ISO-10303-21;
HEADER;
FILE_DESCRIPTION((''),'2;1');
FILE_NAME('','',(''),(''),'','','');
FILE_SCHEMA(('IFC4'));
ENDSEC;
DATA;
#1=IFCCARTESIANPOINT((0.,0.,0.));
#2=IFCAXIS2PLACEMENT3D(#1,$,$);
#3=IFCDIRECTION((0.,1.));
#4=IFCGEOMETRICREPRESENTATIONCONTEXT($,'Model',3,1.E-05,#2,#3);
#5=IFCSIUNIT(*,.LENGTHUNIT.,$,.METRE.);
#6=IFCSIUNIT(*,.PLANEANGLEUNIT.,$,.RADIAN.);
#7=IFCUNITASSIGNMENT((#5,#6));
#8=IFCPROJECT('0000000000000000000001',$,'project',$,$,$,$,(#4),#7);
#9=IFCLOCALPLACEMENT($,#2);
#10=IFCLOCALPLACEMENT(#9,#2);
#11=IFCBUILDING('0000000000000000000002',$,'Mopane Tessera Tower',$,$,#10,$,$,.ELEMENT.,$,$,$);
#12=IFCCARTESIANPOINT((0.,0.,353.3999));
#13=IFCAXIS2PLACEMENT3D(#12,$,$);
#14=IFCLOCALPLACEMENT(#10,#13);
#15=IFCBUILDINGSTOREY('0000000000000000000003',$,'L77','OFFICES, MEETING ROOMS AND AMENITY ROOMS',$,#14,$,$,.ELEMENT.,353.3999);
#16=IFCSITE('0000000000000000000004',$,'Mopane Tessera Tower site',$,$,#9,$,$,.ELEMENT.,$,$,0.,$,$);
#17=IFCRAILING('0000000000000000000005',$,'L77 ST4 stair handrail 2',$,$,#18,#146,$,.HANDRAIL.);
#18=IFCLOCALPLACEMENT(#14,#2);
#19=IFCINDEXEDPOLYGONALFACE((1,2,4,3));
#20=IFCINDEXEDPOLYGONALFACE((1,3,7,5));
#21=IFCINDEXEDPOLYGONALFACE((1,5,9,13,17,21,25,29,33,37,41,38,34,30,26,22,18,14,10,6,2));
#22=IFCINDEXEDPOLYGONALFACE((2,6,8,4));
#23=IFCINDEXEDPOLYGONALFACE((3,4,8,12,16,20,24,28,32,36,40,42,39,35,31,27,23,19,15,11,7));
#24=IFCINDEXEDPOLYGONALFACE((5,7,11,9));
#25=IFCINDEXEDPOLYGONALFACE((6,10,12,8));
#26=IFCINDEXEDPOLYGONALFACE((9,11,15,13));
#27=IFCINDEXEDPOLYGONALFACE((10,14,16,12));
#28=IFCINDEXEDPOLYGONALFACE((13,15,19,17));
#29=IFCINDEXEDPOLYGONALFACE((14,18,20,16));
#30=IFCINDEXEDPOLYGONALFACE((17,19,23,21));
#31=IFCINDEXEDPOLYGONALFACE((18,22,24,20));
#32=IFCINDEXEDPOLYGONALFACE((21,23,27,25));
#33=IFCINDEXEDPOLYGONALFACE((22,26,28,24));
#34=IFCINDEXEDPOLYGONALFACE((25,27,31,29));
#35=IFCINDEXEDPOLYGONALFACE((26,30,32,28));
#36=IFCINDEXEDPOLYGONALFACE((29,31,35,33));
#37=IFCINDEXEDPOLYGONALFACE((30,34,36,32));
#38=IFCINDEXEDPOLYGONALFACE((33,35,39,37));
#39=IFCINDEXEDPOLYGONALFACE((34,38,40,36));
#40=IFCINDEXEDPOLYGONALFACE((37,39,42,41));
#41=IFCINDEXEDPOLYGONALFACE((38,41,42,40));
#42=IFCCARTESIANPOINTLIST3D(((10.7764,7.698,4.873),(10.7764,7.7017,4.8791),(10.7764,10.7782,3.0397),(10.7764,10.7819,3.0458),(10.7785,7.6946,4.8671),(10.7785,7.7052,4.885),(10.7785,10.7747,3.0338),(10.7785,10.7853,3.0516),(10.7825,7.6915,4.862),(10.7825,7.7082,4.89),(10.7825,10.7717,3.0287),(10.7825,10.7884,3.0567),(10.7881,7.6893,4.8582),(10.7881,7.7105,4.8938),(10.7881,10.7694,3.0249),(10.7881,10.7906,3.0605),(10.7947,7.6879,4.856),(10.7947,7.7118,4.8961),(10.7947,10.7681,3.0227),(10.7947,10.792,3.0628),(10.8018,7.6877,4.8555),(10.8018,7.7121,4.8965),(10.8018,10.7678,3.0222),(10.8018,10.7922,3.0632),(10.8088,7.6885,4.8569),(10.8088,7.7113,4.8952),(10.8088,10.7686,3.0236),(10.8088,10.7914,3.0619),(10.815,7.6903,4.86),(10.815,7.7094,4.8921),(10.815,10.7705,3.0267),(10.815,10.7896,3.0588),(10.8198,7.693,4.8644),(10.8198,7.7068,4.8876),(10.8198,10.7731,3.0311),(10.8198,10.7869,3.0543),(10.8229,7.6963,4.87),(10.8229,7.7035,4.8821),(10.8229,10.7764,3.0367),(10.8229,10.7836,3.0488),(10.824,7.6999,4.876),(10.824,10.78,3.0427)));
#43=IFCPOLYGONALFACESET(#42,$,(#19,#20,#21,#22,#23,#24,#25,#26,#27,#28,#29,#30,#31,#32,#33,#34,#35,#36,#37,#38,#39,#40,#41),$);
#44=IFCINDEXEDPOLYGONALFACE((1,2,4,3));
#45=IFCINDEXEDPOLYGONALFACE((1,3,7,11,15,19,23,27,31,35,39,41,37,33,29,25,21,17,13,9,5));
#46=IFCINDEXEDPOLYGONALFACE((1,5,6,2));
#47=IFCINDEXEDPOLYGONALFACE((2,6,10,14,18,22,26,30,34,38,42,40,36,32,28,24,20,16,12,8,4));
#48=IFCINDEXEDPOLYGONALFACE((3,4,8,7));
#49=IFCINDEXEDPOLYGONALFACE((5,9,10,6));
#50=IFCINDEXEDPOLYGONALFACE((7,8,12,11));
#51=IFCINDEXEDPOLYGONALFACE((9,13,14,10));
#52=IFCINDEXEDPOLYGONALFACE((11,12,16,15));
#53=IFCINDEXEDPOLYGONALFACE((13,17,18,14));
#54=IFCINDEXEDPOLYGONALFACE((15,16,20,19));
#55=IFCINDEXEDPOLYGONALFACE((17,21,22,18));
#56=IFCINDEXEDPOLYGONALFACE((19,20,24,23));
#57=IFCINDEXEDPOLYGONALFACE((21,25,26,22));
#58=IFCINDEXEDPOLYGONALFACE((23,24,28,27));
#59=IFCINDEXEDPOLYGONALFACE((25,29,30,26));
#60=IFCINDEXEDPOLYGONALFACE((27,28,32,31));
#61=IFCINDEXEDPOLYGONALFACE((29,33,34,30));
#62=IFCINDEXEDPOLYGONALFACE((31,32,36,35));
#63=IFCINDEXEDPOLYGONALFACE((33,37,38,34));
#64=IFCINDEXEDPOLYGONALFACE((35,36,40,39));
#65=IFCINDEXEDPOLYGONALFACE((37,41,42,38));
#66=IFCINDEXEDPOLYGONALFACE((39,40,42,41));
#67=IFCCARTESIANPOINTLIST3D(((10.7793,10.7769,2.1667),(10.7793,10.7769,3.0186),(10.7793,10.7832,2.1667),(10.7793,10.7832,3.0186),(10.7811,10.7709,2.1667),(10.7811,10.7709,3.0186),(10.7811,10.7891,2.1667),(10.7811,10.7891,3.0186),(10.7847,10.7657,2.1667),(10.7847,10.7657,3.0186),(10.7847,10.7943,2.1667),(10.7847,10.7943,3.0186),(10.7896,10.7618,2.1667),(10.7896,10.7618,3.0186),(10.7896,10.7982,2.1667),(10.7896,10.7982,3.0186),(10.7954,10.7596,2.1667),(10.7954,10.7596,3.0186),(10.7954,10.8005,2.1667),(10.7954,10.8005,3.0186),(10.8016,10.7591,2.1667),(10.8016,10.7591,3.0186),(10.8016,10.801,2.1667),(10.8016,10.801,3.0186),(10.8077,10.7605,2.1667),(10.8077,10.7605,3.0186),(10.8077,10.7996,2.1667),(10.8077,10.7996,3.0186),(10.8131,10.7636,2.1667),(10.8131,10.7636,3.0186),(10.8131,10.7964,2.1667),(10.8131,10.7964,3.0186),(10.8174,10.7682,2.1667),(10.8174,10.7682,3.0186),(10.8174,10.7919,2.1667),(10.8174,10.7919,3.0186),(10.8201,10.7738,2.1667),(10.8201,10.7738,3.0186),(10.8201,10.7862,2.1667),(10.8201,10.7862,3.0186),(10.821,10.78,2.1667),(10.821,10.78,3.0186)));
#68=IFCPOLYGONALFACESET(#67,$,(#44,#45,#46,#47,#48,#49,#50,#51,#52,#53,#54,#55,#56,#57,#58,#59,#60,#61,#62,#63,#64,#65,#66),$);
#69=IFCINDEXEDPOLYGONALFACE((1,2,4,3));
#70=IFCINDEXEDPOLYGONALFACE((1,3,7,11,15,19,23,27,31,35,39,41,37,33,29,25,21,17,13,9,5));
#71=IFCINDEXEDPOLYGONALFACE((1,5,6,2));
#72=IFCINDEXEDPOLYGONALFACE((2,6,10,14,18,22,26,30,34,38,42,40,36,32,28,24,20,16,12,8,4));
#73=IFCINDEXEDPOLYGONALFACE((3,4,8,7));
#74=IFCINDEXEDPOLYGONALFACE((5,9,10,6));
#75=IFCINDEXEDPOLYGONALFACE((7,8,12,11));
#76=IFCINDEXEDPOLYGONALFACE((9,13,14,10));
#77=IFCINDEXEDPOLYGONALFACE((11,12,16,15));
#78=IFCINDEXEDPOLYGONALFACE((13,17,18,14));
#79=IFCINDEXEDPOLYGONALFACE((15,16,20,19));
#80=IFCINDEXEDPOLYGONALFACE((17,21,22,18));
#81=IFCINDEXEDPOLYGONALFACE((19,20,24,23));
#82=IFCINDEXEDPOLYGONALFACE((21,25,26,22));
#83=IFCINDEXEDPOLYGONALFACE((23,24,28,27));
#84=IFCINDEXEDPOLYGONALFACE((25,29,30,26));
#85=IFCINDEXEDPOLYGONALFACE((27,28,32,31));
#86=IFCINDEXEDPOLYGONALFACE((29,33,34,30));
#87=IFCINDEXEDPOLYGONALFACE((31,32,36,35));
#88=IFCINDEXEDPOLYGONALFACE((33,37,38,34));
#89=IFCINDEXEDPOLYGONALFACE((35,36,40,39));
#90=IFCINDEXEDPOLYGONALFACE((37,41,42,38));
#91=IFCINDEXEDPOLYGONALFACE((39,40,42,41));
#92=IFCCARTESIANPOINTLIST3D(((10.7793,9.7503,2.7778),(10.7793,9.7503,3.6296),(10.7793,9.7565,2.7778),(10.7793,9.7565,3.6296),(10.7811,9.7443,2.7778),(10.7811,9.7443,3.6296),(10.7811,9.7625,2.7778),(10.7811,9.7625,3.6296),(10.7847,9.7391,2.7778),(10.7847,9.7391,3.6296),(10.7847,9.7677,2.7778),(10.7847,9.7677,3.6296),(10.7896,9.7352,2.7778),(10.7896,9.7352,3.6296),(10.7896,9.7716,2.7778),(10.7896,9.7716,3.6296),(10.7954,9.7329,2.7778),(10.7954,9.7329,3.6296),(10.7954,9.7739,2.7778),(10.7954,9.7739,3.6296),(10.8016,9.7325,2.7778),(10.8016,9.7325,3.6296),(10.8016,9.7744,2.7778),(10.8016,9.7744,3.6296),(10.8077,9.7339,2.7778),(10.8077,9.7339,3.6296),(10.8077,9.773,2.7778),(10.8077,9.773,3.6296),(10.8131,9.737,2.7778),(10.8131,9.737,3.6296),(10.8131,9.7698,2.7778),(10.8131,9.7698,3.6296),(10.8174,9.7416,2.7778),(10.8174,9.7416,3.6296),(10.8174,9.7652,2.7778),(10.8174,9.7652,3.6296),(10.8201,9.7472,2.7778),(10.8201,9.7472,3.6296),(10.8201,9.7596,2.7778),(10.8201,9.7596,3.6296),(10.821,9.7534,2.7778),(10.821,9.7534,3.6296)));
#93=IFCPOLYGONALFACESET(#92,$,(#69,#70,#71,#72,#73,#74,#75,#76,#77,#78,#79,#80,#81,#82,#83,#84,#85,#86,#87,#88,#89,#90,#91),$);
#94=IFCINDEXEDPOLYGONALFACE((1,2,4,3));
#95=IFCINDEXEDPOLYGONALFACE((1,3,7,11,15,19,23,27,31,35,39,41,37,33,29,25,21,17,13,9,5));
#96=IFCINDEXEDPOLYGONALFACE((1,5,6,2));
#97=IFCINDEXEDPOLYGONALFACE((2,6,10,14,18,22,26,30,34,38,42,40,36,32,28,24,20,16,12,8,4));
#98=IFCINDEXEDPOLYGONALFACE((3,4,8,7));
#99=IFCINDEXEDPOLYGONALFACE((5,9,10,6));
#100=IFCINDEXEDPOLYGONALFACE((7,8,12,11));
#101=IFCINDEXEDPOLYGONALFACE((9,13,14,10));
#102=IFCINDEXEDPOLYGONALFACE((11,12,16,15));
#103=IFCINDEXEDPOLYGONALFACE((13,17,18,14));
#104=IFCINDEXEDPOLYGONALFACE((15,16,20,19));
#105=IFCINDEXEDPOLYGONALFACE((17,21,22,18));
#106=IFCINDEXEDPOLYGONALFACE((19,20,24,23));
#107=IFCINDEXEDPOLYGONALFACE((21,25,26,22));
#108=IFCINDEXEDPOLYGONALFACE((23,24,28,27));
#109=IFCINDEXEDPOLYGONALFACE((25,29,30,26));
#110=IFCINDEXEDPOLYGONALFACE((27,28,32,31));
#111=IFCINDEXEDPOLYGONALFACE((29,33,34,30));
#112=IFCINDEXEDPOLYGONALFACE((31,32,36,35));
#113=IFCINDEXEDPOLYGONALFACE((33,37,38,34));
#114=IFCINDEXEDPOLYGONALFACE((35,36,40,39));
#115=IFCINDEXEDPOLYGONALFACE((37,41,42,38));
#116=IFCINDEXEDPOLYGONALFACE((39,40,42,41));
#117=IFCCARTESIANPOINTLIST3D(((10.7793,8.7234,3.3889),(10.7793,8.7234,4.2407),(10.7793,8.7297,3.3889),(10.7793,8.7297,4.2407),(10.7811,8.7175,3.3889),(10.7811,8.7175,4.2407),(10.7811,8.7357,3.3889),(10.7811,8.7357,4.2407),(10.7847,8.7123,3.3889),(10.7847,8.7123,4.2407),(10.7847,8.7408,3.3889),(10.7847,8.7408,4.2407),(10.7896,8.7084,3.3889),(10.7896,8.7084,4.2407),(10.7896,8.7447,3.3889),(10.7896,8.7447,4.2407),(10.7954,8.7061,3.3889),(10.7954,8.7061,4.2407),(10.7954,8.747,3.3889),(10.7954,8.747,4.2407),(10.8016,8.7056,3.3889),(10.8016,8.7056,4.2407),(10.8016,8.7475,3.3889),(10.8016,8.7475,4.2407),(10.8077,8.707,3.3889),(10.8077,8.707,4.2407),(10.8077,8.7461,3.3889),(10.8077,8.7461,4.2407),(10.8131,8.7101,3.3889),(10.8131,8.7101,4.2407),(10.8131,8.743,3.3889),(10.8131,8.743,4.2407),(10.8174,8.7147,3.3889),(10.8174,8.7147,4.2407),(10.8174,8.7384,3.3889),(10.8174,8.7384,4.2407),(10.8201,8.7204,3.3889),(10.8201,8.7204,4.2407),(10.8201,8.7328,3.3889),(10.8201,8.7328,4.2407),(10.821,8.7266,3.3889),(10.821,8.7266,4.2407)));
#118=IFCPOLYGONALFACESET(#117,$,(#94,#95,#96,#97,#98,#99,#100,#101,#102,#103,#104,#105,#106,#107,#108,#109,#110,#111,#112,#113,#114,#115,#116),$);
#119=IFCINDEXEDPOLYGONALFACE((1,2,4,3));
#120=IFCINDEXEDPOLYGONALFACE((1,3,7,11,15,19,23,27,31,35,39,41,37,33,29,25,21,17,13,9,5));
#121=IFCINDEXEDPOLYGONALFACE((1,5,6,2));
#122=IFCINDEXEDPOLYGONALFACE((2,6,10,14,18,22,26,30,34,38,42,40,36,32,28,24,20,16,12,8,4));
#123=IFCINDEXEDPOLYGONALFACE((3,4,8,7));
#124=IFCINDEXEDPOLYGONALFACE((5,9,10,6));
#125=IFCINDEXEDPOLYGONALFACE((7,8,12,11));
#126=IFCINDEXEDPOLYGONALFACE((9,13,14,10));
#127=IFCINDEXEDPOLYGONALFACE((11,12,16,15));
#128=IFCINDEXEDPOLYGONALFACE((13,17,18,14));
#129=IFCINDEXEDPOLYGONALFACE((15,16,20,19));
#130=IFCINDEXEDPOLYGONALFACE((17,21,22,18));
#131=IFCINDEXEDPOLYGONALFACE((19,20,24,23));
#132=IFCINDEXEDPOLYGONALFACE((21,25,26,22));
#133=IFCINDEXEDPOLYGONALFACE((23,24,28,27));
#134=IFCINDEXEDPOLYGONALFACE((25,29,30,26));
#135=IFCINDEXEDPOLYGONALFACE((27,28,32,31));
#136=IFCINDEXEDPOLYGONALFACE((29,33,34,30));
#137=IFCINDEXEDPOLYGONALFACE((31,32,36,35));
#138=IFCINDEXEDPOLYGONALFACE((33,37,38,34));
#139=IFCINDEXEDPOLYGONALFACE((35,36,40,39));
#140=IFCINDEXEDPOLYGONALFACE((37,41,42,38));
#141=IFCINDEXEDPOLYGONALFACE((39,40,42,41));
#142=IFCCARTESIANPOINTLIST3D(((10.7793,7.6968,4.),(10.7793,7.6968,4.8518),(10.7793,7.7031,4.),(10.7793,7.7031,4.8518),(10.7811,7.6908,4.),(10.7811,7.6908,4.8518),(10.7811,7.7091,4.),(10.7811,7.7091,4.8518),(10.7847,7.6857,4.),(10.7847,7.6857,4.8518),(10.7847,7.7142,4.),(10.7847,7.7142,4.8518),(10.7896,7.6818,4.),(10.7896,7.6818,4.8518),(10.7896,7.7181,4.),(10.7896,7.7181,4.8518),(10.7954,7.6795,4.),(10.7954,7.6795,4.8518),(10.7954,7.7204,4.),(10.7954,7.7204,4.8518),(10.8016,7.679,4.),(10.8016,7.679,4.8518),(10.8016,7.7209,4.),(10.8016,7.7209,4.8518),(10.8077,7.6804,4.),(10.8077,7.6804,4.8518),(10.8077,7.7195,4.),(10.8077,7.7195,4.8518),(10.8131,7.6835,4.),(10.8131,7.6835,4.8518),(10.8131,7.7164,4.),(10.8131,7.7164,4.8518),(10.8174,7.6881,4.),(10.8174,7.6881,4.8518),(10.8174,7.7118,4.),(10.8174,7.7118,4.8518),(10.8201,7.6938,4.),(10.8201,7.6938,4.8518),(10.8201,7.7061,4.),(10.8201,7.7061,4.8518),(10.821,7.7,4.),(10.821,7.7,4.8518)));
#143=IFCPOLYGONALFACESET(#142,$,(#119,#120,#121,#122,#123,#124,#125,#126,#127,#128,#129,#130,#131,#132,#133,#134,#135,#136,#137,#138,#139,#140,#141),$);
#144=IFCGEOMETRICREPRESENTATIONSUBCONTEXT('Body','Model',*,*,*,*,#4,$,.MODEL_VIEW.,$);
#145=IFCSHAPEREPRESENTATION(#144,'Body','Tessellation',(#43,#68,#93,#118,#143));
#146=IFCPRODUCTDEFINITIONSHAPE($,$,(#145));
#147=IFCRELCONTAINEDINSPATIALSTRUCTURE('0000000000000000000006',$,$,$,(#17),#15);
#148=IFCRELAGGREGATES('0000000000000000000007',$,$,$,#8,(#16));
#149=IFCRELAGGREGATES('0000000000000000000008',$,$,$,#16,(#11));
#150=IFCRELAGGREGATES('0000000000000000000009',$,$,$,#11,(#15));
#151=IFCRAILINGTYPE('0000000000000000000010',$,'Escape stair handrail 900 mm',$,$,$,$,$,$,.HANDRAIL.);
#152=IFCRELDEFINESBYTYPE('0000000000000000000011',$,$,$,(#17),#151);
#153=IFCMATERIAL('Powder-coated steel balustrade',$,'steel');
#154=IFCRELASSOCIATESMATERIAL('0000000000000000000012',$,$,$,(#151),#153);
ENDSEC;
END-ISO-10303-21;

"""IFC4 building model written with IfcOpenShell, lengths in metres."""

from ifc_helpers import new_model, si_unit, direction, frame, origin, origin_2d, place, context, subcontext, project, spatial, circle, extrude, material, type_object, element, save


model = new_model("IFC4")

# Units and contexts
model_context = context("Model", 3, precision=1e-05, world=origin(), true_north=direction((0.0, 1.0)))
body_context = subcontext(model_context, "Body", "Model", "MODEL_VIEW")
ifc_project = project(units=[si_unit("LENGTHUNIT", "METRE"), si_unit("PLANEANGLEUNIT", "RADIAN")], contexts=[model_context])

# Site, building, storey
site_placement = place(None, origin())
site = spatial("IfcSite", under=ifc_project, at=site_placement, Name="Mopane Tessera Tower site", CompositionType="ELEMENT", RefElevation=0.0)
building_placement = place(site_placement, origin())
building = spatial("IfcBuilding", under=site, at=building_placement, Name="Mopane Tessera Tower", CompositionType="ELEMENT")
storey_placement = place(building_placement, frame((0.0, 0.0, 353.3999)))
storey = spatial("IfcBuildingStorey", under=building, at=storey_placement, Name="L77", Description="OFFICES, MEETING ROOMS AND AMENITY ROOMS", CompositionType="ELEMENT", Elevation=353.3999)

# Railing
ifc_material_1 = material(Name="Powder-coated steel balustrade", Category="steel")
railing_type = type_object("IfcRailingType", Name="Escape stair handrail 900 mm", PredefinedType="HANDRAIL", material=ifc_material_1)
railing_placement = place(storey_placement, frame((10.8, 10.78, 2.1667)))
element("IfcRailing", 1, at=railing_placement, inside=storey, type_object=railing_type, Name="L77 ST4 stair handrail 2", PredefinedType="HANDRAIL", context=body_context, shape_type="SweptSolid", body=[
    extrude(circle(Radius=0.0239, at=origin_2d()), frame((0.0, 0.0, 0.876), z_axis=(0.0, -0.859309, 0.511458), x_axis=(1.0, 0.0, 0.0)), (0.0, 0.0, 1.0), 3.5845),
    extrude(circle(Radius=0.021, at=origin_2d()), origin(), (0.0, 0.0, 1.0), 0.8518),
    extrude(circle(Radius=0.021, at=origin_2d()), frame((0.0, -1.0266, 0.6111)), (0.0, 0.0, 1.0), 0.8518),
    extrude(circle(Radius=0.021, at=origin_2d()), frame((0.0, -2.0535, 1.2222)), (0.0, 0.0, 1.0), 0.8518),
    extrude(circle(Radius=0.021, at=origin_2d()), frame((0.0, -3.0801, 1.8333)), (0.0, 0.0, 1.0), 0.8518),
])

save(model, "model.ifc")
